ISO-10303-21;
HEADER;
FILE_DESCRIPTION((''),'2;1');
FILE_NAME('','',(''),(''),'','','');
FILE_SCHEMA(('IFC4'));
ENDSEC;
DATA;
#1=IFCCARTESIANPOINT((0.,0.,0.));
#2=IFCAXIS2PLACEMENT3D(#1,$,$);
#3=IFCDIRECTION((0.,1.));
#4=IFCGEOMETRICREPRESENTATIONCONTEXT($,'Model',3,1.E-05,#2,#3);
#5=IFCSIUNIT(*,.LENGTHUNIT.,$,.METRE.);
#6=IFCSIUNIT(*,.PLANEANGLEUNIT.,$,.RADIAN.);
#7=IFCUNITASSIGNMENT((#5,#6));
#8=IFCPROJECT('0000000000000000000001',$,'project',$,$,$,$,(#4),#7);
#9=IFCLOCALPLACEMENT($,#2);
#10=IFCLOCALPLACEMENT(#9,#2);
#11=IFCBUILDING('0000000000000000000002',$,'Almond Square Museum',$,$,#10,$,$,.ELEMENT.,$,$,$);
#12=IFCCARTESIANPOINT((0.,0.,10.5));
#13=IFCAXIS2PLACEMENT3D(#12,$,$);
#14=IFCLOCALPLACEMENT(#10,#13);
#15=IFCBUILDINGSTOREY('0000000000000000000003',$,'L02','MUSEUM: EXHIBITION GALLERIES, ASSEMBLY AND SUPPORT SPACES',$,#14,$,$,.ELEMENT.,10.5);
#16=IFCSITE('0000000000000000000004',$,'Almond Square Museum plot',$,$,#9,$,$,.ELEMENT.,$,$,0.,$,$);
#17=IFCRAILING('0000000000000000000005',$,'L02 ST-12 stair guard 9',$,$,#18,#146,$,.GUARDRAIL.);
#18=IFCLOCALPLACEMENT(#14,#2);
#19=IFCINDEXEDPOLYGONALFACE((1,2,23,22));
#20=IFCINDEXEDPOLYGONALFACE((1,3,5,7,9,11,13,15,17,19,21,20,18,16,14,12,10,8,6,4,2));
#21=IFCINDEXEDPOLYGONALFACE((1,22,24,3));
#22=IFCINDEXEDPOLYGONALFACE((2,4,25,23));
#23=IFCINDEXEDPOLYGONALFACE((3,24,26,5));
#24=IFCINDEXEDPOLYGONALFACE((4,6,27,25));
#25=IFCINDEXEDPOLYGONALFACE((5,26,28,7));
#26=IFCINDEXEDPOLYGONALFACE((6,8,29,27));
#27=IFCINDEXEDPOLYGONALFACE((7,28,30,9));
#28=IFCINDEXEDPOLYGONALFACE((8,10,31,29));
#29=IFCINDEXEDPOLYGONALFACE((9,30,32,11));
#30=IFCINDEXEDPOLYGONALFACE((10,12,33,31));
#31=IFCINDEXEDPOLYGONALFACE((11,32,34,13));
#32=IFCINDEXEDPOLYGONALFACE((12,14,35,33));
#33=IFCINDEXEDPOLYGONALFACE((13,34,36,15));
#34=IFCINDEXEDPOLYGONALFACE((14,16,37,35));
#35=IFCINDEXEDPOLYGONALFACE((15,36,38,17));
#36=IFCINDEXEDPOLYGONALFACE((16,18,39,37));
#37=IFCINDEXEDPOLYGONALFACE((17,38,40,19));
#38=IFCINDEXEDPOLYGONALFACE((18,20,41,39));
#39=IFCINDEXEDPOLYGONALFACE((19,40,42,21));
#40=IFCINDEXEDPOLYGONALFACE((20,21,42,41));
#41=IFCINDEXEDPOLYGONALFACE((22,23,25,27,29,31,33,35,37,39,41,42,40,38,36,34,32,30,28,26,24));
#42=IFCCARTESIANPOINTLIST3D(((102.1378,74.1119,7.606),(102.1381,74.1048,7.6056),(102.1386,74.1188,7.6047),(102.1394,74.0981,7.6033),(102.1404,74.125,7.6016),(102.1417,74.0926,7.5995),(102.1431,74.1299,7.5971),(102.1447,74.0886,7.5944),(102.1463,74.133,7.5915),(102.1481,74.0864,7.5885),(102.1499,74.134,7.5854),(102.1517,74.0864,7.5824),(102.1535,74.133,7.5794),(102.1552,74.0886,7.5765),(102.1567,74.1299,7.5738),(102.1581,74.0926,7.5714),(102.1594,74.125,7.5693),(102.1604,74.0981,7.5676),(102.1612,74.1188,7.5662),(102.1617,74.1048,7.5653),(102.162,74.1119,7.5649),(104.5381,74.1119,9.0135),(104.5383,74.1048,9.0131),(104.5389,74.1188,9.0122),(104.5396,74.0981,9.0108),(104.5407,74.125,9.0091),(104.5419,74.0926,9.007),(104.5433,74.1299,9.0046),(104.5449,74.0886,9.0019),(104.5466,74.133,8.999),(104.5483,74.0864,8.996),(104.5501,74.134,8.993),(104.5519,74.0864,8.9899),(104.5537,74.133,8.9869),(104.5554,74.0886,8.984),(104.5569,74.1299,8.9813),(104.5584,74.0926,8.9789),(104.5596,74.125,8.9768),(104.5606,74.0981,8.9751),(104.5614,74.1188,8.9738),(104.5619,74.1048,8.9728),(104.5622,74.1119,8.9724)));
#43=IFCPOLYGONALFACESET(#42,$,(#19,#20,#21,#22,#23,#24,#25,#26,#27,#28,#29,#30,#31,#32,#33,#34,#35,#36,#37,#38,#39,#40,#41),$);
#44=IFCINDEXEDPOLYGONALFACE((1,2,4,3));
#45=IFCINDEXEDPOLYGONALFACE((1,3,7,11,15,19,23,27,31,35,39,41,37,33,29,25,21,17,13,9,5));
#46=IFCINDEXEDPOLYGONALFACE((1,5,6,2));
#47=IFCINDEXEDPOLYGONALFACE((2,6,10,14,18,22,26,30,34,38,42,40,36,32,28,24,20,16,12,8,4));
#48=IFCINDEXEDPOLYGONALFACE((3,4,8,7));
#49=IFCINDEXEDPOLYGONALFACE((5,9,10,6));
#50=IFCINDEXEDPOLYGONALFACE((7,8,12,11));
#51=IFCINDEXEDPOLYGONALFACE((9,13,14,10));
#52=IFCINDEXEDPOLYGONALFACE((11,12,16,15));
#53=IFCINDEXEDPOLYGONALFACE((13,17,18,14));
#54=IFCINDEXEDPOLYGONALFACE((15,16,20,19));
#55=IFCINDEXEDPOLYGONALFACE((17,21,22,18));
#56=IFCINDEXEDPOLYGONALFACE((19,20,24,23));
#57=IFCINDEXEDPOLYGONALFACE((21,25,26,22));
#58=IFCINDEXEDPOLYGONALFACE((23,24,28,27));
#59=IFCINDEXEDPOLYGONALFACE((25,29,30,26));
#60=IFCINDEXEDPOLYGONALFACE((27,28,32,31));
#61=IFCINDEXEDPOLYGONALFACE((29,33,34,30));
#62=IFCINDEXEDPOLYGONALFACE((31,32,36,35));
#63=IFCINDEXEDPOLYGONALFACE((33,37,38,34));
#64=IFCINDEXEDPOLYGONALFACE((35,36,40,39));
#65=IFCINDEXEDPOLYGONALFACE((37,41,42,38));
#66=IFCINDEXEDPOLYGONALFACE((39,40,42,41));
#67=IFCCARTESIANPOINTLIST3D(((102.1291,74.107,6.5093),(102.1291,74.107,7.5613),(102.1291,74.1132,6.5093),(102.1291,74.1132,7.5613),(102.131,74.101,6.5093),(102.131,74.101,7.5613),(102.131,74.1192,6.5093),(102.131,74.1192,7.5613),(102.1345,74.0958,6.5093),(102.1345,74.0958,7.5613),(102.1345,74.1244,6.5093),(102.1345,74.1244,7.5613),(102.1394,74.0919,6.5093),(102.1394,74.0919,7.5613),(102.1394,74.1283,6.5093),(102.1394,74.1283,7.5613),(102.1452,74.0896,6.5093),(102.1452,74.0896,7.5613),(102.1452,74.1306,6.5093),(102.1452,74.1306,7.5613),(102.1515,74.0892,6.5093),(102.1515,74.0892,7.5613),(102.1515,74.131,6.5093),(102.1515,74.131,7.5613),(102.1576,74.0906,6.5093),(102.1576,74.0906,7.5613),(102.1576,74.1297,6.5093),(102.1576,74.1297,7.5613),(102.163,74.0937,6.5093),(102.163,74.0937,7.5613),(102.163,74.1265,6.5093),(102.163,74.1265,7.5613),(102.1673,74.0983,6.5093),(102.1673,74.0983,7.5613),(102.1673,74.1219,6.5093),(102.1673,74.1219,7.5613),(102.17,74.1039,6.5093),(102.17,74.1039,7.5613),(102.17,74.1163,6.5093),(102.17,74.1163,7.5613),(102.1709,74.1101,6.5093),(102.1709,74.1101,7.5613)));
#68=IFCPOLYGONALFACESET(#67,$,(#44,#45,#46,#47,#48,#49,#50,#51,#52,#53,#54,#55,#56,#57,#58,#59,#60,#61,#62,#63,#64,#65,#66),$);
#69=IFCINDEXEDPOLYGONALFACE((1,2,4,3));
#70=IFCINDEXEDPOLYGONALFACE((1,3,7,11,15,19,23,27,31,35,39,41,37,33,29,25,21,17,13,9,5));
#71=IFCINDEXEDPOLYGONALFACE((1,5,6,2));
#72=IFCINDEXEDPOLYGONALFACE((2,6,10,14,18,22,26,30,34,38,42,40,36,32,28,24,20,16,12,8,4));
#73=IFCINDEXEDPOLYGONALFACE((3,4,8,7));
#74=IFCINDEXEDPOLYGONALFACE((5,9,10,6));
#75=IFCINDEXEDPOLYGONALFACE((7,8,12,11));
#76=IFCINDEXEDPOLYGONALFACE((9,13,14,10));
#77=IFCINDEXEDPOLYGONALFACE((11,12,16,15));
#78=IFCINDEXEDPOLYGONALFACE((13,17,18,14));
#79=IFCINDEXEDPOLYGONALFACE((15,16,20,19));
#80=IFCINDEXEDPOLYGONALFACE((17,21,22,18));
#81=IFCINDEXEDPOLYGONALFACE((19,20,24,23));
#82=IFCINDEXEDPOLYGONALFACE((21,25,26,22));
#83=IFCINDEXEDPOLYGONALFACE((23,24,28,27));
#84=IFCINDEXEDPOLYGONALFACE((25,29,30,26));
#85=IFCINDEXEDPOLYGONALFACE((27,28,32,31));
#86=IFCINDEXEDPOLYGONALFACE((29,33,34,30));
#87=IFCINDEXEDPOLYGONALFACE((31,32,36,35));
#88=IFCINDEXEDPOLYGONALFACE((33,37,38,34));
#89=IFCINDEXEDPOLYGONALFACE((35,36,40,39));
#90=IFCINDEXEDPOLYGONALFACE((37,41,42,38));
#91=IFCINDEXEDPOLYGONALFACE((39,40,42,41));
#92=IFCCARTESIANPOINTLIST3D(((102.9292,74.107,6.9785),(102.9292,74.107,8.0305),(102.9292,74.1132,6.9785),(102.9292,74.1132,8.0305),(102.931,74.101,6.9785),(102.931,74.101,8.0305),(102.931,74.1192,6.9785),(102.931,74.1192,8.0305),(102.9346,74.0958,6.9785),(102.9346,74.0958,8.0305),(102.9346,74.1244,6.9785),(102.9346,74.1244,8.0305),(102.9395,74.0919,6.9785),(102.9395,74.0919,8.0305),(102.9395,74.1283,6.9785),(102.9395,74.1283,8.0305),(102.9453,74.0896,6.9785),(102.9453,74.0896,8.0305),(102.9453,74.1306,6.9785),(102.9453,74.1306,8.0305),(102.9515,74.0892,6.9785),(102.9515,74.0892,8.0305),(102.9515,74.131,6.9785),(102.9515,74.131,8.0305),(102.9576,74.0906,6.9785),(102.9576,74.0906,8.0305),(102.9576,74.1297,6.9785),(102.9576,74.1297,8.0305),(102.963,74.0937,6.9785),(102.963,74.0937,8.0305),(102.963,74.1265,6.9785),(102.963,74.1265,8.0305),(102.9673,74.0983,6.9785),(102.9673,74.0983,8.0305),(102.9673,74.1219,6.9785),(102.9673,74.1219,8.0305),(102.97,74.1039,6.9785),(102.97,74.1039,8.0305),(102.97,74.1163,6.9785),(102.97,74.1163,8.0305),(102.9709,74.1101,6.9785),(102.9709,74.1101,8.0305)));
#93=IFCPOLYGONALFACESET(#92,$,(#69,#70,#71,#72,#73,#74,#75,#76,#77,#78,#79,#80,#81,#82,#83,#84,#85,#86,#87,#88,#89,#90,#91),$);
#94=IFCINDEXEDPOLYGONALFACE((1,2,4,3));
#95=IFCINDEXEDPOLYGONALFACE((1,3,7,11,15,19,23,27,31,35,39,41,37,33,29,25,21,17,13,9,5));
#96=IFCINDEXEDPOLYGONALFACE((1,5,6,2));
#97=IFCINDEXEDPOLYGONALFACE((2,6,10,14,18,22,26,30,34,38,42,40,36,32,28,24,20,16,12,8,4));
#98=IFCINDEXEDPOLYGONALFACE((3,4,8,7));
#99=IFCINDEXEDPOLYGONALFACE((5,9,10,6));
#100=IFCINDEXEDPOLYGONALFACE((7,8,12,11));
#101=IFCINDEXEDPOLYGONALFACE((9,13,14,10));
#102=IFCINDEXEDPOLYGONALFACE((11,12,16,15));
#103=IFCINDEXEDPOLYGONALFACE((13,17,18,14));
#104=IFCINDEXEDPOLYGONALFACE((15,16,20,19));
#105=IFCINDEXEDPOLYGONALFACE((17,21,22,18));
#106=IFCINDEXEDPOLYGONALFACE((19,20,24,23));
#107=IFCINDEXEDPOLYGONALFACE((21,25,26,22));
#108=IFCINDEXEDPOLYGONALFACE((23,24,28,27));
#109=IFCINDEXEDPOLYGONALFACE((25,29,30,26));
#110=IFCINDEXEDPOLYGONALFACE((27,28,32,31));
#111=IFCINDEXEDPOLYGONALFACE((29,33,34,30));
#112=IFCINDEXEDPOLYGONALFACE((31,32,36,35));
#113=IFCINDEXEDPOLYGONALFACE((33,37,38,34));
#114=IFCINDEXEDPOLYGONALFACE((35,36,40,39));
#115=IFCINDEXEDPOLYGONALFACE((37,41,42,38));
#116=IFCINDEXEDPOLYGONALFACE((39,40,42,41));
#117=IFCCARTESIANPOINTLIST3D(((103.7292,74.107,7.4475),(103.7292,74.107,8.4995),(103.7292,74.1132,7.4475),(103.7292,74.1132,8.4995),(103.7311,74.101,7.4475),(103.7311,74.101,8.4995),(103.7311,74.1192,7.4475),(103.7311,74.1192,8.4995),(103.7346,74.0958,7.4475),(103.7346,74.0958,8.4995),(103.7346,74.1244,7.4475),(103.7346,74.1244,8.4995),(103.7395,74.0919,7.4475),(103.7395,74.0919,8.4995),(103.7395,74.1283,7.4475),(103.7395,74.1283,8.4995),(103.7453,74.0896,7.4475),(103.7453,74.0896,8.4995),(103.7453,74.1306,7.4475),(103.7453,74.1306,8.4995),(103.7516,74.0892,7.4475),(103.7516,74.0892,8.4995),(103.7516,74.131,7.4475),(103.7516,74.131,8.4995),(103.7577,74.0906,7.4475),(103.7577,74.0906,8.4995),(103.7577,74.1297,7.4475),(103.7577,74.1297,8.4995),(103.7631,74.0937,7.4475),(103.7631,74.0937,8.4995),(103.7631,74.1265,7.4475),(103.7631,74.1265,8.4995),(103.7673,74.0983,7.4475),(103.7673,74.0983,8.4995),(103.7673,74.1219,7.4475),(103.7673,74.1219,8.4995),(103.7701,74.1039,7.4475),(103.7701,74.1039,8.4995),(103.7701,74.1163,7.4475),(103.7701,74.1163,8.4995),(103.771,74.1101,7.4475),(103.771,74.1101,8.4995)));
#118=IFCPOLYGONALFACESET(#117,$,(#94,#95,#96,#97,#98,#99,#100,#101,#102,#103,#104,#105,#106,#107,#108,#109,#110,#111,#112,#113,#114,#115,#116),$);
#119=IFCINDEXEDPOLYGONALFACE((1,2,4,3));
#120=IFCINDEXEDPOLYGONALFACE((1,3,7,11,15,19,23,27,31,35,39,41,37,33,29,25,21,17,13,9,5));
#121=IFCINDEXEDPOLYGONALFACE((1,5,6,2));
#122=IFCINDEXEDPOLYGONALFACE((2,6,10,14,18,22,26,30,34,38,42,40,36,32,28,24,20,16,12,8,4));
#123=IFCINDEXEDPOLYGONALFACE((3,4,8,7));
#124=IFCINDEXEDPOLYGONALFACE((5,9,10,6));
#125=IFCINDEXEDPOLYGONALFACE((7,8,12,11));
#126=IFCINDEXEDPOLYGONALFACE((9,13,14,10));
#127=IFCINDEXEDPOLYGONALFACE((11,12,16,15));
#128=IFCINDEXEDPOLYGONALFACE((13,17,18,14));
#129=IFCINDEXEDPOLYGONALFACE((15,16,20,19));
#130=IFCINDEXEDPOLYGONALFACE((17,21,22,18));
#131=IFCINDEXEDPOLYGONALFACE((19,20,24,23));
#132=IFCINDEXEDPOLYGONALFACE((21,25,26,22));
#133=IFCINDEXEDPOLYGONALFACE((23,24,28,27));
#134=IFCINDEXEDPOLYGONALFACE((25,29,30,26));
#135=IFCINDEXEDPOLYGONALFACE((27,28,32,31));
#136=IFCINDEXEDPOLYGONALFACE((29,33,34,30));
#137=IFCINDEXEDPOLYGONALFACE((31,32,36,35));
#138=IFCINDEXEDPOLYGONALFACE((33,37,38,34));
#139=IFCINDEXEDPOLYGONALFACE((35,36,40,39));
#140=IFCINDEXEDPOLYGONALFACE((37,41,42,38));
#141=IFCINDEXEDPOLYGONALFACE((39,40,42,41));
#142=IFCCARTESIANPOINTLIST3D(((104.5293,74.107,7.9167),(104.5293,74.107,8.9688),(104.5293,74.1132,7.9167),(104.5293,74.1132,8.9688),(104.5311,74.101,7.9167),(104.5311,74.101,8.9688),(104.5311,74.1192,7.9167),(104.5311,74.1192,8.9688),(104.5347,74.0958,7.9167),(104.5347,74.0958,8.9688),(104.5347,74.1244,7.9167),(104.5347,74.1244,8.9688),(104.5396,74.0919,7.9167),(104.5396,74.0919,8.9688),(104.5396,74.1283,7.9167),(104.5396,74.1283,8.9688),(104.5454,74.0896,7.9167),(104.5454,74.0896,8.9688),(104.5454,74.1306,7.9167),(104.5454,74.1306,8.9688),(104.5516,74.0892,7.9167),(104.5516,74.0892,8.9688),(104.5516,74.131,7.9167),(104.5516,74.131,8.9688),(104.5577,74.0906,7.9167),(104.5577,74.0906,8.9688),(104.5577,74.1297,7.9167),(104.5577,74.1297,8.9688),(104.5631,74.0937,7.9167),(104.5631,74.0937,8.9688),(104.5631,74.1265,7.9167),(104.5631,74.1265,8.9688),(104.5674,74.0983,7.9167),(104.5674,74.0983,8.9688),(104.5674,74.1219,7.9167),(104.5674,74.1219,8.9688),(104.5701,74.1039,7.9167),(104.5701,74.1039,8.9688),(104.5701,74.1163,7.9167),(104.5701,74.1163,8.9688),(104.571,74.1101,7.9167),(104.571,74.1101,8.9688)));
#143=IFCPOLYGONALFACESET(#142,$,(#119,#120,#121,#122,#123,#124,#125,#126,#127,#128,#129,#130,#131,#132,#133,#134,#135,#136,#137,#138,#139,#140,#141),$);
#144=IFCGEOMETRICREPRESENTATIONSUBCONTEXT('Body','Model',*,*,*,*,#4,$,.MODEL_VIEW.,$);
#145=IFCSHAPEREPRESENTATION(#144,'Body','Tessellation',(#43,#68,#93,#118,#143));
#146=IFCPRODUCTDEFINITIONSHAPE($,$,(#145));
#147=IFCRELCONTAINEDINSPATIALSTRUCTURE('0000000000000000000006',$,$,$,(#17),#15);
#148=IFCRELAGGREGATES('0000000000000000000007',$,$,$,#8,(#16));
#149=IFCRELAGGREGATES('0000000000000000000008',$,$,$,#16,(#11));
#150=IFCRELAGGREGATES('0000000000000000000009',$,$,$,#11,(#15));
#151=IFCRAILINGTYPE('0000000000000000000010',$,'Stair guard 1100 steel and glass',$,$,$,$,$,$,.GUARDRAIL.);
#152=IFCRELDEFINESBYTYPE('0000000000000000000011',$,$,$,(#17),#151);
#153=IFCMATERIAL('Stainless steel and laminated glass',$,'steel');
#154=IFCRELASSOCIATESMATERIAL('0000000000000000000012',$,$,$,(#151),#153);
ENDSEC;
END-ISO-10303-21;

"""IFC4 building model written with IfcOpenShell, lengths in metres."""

from ifc_helpers import new_model, si_unit, direction, frame, origin, origin_2d, place, context, subcontext, project, spatial, circle, extrude, material, type_object, element, save


model = new_model("IFC4")

# Units and contexts
model_context = context("Model", 3, precision=1e-05, world=origin(), true_north=direction((0.0, 1.0)))
body_context = subcontext(model_context, "Body", "Model", "MODEL_VIEW")
ifc_project = project(units=[si_unit("LENGTHUNIT", "METRE"), si_unit("PLANEANGLEUNIT", "RADIAN")], contexts=[model_context])

# Site, building, storey
site_placement = place(None, origin())
site = spatial("IfcSite", under=ifc_project, at=site_placement, Name="Almond Square Museum plot", CompositionType="ELEMENT", RefElevation=0.0)
building_placement = place(site_placement, origin())
building = spatial("IfcBuilding", under=site, at=building_placement, Name="Almond Square Museum", CompositionType="ELEMENT")
storey_placement = place(building_placement, frame((0.0, 0.0, 10.5)))
storey = spatial("IfcBuildingStorey", under=building, at=storey_placement, Name="L02", Description="MUSEUM: EXHIBITION GALLERIES, ASSEMBLY AND SUPPORT SPACES", CompositionType="ELEMENT", Elevation=10.5)

# Railing
ifc_material_1 = material(Name="Stainless steel and laminated glass", Category="steel")
railing_type_1 = type_object("IfcRailingType", Name="Stair guard 1100 steel and glass", PredefinedType="GUARDRAIL", material=ifc_material_1)
railing_1_placement = place(storey_placement, frame((102.1499, 74.1101, 6.5093)))
element("IfcRailing", 1, at=railing_1_placement, inside=storey, type_object=railing_type_1, Name="L02 ST-12 stair guard 9", PredefinedType="GUARDRAIL", context=body_context, shape_type="SweptSolid", body=[
    extrude(circle(Radius=0.0239, at=origin_2d()), frame((0.0, 0.0, 1.0762), z_axis=(0.862621, 0.0, 0.50585), x_axis=(0.0, 1.0, 0.0)), (0.0, 0.0, 1.0), 2.7825),
    extrude(circle(Radius=0.021, at=origin_2d()), origin(), (0.0, 0.0, 1.0), 1.052),
    extrude(circle(Radius=0.021, at=origin_2d()), frame((0.8, 0.0, 0.4692)), (0.0, 0.0, 1.0), 1.052),
    extrude(circle(Radius=0.021, at=origin_2d()), frame((1.6001, 0.0, 0.9382)), (0.0, 0.0, 1.0), 1.052),
    extrude(circle(Radius=0.021, at=origin_2d()), frame((2.4001, 0.0, 1.4075)), (0.0, 0.0, 1.0), 1.052),
])

save(model, "model.ifc")
